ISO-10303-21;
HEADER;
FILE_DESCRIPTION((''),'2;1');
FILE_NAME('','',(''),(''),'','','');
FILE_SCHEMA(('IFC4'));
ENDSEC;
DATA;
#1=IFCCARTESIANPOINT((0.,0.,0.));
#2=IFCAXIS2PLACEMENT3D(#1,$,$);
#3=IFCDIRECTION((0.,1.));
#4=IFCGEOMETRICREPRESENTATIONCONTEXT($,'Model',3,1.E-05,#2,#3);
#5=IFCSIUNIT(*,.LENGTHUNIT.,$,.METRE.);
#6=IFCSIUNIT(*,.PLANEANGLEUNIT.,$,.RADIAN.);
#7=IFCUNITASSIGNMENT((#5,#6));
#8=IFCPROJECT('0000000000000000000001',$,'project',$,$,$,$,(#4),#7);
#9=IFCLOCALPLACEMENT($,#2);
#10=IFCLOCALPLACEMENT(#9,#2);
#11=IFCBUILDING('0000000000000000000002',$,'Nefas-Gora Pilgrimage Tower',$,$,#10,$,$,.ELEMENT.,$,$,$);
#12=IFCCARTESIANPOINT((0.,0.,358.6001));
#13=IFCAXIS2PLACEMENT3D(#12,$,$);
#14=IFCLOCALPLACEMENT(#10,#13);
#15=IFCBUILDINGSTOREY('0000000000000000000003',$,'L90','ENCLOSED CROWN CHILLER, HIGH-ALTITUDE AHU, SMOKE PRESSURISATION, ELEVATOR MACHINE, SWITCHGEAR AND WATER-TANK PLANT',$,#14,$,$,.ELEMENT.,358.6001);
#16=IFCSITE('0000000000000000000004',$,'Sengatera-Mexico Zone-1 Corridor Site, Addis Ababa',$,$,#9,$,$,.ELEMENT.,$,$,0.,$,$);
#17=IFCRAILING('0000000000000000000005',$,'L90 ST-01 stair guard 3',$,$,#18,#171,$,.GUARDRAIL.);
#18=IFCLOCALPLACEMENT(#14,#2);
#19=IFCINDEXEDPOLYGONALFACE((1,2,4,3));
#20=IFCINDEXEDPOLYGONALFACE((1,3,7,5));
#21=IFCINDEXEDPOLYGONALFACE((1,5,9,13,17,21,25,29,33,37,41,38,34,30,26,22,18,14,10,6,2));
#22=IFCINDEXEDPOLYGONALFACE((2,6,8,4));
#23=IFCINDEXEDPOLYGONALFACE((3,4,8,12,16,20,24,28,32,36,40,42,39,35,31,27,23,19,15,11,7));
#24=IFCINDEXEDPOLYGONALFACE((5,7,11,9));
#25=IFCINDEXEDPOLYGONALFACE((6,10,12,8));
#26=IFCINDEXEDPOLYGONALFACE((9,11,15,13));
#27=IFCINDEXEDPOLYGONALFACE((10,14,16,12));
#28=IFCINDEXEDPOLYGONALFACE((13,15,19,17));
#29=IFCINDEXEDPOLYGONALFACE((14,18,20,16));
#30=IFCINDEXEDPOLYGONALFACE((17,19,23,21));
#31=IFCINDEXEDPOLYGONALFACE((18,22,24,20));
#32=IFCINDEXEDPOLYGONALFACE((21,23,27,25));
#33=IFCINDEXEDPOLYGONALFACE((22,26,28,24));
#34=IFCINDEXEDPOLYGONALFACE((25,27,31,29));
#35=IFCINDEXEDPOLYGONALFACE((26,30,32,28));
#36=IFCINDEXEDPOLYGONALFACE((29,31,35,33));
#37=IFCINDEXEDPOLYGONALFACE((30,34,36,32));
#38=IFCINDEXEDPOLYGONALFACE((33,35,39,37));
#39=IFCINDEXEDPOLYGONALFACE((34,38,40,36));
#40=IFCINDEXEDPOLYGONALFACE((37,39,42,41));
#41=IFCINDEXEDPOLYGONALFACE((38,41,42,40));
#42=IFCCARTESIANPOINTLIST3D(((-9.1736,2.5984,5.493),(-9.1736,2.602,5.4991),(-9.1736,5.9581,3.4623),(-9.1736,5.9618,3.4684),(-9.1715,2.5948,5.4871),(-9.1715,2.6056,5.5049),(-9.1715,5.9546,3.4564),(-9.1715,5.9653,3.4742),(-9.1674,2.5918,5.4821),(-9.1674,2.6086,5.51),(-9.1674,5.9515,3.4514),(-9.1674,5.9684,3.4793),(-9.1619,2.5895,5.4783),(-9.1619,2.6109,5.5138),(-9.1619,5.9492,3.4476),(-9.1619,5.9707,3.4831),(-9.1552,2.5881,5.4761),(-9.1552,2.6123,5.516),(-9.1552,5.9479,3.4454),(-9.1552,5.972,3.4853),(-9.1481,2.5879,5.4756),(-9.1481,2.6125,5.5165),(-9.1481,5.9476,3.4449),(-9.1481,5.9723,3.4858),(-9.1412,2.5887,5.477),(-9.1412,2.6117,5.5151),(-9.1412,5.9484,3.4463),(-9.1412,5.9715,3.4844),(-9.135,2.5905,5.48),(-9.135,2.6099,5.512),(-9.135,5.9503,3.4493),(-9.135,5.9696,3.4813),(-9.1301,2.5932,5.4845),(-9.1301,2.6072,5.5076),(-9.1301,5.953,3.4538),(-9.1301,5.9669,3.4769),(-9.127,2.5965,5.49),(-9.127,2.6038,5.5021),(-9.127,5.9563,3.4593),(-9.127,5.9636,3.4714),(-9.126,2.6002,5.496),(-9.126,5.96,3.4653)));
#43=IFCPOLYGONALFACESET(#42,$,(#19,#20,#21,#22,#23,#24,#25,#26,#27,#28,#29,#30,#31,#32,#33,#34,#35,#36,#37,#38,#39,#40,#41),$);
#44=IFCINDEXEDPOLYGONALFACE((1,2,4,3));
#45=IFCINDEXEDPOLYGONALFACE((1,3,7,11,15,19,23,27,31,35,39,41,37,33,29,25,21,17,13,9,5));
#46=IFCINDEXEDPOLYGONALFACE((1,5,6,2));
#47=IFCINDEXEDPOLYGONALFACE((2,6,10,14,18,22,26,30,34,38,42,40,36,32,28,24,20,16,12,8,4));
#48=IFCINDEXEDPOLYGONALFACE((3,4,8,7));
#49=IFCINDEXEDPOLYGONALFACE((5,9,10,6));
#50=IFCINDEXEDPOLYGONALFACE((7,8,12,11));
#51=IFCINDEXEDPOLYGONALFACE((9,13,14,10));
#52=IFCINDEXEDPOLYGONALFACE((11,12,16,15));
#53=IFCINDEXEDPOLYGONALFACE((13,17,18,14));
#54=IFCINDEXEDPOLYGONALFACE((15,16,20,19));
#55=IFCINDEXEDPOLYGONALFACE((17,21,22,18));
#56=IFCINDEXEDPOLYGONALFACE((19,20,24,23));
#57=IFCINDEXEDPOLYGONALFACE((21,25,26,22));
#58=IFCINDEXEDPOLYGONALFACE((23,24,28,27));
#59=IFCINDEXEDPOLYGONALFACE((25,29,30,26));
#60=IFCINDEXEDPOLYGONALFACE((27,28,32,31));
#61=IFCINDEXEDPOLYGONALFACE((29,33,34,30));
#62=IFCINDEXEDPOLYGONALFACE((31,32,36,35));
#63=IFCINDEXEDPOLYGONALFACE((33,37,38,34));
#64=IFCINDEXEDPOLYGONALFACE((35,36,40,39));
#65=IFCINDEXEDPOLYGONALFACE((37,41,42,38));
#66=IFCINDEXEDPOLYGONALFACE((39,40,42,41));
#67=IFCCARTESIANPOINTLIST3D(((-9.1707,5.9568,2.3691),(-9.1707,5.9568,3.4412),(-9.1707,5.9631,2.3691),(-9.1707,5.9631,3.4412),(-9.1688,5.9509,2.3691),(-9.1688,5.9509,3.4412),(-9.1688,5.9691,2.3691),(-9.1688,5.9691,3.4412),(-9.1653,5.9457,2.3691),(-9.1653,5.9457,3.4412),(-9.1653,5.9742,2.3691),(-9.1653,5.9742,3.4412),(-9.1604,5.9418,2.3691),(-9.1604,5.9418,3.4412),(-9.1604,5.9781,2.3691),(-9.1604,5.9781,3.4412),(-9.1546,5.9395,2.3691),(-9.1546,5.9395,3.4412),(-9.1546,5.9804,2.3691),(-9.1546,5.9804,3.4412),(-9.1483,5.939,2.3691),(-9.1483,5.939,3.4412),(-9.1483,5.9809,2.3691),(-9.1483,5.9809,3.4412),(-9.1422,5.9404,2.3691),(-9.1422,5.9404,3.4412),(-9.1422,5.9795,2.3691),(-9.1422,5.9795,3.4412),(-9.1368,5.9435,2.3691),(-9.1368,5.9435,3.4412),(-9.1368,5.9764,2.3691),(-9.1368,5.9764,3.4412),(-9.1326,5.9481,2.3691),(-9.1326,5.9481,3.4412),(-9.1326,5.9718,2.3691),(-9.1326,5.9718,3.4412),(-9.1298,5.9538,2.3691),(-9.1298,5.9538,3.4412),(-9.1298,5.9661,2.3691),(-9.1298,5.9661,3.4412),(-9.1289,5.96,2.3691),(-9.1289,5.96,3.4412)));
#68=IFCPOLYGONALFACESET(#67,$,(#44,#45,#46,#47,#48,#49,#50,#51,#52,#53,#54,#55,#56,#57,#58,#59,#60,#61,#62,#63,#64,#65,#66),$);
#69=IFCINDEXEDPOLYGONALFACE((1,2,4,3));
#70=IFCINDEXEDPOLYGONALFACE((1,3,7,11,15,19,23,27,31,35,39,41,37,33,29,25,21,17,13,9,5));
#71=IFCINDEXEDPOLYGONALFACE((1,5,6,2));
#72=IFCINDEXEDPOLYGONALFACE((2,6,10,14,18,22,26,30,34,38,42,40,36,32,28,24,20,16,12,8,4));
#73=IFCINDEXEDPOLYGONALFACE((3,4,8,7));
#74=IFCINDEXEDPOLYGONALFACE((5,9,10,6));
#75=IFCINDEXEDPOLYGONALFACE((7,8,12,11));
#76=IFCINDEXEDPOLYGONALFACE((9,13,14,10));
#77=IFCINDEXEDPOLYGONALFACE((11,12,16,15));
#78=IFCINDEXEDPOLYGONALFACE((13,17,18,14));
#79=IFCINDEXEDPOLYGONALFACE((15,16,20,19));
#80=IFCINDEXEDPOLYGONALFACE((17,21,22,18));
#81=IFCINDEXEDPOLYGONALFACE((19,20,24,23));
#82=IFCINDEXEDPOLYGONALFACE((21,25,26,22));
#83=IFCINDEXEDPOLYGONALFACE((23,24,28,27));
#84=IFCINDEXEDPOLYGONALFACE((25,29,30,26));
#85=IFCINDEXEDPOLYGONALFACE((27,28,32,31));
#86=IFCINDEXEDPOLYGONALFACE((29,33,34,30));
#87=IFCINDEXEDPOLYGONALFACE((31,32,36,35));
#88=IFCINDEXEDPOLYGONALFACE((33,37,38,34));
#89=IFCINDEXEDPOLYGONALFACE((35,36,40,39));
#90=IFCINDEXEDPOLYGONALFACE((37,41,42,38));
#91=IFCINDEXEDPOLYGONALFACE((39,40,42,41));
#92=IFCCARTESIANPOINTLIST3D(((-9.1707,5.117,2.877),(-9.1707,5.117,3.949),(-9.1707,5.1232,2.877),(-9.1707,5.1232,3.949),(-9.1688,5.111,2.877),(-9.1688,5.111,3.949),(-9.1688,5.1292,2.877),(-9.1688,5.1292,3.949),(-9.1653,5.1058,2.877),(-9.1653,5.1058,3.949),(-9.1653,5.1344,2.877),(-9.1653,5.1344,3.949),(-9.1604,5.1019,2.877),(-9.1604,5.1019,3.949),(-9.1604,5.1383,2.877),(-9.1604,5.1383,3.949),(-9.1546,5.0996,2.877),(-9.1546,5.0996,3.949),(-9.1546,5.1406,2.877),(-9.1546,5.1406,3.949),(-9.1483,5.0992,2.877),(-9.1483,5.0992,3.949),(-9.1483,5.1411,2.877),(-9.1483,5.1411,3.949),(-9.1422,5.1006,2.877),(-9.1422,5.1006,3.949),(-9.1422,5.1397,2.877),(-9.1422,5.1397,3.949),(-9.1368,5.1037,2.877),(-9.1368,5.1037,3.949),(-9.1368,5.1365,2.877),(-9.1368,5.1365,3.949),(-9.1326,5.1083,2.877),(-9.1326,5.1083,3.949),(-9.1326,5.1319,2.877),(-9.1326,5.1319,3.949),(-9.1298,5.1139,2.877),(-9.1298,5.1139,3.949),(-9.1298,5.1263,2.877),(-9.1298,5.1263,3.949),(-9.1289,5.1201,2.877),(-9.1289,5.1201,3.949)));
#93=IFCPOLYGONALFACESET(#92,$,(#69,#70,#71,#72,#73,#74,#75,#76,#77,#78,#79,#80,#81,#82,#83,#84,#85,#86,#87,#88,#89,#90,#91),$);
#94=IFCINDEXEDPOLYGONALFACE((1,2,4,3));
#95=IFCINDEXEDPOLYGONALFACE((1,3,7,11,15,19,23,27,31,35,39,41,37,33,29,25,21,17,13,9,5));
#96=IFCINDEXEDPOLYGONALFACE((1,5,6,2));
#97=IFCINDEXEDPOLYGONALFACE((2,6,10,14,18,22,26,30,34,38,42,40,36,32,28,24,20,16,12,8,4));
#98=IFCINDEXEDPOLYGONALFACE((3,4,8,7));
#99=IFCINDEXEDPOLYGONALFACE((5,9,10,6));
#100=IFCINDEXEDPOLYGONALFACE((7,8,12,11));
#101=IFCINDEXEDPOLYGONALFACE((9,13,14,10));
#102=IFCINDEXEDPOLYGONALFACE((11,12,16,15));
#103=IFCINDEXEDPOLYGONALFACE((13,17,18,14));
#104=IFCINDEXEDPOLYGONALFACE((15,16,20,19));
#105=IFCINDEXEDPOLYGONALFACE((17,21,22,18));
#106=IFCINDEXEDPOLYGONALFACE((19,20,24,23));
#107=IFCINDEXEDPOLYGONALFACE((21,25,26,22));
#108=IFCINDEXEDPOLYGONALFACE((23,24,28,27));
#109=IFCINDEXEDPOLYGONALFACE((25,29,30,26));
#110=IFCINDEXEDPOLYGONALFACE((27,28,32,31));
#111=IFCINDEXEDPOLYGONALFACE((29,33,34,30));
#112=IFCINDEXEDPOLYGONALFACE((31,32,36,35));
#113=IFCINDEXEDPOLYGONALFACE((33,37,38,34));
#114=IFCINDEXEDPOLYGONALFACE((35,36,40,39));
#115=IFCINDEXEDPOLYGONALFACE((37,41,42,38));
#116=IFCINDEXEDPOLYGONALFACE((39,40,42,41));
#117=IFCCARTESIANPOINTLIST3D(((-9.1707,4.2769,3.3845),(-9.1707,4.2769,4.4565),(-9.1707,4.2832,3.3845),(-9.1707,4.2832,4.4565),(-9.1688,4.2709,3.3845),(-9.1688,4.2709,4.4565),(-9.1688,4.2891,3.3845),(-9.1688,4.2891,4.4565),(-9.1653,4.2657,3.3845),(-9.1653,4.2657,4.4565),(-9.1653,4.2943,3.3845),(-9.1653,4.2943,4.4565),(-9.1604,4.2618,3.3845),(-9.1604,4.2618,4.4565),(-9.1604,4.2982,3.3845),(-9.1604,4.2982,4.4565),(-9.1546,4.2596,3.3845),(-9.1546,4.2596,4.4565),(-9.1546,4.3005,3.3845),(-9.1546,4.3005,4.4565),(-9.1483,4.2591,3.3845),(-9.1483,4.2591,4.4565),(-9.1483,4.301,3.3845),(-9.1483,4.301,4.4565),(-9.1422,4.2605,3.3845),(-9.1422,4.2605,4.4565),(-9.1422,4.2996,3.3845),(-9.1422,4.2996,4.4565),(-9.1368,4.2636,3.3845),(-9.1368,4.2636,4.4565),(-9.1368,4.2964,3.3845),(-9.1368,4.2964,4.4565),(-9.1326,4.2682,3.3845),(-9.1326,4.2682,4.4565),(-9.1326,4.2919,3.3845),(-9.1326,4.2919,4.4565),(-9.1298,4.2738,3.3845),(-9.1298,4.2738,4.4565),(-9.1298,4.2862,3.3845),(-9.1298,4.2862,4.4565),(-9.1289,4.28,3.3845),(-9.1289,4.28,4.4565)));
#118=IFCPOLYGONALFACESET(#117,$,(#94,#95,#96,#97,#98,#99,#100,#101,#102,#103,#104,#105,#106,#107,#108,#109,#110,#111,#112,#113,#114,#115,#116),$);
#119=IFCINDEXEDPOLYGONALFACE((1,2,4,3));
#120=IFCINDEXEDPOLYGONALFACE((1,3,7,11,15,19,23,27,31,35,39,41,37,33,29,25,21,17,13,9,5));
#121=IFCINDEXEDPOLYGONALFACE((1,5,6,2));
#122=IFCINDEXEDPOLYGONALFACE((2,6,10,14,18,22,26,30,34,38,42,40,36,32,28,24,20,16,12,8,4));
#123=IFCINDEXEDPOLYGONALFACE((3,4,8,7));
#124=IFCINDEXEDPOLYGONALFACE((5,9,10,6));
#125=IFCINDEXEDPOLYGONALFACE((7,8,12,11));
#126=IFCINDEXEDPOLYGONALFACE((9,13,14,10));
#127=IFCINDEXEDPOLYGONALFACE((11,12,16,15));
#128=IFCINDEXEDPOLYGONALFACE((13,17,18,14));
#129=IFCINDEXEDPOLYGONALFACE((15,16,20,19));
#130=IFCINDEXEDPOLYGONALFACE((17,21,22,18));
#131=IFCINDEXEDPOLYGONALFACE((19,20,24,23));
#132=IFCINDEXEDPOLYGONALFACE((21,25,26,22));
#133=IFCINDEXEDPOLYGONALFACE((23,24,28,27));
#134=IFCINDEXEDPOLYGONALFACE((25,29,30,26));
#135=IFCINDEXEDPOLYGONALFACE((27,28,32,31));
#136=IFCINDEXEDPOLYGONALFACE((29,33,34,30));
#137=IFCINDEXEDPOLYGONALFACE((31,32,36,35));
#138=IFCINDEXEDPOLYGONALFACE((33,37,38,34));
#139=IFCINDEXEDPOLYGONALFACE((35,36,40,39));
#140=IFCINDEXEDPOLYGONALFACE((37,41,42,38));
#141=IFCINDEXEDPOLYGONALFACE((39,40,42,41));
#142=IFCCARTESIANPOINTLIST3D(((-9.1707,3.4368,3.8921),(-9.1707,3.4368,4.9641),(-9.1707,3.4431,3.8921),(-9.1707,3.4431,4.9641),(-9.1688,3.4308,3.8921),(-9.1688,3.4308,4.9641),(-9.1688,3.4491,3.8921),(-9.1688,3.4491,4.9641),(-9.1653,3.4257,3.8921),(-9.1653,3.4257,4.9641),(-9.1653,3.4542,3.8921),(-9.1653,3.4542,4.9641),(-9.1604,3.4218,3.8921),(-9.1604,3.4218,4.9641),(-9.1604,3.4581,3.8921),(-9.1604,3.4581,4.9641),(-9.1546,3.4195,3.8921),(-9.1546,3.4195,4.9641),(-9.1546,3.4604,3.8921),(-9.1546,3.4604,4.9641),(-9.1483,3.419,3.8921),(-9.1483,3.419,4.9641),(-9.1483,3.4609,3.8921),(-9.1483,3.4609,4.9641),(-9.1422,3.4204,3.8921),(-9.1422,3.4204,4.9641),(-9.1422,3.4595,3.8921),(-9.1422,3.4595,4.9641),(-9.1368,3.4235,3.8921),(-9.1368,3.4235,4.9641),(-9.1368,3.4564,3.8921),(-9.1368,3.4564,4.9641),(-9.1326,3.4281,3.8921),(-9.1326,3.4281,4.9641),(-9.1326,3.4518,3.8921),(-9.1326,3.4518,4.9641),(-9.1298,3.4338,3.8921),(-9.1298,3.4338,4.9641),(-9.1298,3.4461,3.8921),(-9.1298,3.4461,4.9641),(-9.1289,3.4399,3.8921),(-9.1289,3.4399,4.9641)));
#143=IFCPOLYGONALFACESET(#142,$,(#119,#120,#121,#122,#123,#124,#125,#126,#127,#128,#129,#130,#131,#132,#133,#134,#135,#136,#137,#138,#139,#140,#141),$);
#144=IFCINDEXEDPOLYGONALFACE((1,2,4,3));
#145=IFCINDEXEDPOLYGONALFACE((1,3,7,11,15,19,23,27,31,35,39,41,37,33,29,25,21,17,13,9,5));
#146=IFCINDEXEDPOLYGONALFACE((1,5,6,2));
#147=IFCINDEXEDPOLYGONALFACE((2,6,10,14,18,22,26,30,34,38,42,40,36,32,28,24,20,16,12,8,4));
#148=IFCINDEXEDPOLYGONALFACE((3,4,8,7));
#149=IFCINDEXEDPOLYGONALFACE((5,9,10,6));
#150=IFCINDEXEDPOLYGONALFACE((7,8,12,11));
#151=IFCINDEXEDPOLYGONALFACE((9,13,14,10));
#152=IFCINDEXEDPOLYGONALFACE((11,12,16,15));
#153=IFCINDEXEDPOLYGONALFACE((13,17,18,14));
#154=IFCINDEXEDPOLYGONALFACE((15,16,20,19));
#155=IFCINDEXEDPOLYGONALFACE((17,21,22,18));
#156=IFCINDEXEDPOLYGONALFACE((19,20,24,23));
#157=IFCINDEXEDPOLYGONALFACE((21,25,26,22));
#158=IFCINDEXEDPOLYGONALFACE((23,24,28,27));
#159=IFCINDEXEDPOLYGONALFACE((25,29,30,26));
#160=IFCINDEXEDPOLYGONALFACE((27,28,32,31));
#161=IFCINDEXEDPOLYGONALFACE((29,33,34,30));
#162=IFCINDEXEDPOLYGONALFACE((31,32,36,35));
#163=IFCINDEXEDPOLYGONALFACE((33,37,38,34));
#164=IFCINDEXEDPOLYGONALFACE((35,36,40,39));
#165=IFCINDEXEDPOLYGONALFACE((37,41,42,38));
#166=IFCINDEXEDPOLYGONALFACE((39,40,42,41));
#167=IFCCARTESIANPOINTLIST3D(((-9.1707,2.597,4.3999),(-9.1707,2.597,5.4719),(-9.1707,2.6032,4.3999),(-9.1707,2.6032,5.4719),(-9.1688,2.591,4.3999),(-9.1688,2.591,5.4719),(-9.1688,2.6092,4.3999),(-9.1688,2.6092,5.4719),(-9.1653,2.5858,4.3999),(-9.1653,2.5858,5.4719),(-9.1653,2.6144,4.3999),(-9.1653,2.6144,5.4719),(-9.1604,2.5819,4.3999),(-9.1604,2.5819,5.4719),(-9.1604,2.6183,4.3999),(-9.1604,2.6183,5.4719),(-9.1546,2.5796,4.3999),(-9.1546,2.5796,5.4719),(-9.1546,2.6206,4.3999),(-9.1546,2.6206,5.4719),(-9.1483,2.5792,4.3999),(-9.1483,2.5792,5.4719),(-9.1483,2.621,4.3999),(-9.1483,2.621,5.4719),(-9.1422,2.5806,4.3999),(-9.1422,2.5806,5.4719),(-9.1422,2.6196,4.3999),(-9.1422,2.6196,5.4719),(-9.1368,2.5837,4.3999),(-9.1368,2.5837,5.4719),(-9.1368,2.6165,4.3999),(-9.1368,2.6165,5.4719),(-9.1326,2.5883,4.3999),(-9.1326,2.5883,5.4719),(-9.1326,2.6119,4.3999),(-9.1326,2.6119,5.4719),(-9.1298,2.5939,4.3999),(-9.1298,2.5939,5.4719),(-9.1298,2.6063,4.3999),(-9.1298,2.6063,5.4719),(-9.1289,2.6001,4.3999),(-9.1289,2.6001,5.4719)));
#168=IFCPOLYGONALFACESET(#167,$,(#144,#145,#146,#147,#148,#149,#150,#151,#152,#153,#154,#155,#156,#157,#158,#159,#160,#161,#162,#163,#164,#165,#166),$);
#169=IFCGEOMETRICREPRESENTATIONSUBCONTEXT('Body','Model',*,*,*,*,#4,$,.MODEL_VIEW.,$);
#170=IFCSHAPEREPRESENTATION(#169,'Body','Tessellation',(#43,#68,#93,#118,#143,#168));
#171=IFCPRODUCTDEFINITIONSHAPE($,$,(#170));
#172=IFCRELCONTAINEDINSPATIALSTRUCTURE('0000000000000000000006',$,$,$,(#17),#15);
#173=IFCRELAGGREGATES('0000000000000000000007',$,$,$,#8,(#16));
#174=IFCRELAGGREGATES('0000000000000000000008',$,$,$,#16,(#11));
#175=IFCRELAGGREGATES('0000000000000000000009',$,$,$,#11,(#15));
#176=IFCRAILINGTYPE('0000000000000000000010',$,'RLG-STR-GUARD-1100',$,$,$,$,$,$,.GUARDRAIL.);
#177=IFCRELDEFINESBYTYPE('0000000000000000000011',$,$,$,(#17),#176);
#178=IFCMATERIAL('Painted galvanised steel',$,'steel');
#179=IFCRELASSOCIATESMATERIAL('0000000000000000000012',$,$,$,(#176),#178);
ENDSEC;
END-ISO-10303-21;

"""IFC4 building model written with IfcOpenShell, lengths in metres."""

from ifc_helpers import new_model, si_unit, direction, frame, origin, origin_2d, place, context, subcontext, project, spatial, circle, extrude, material, type_object, element, save


model = new_model("IFC4")

# Units and contexts
model_context = context("Model", 3, precision=1e-05, world=origin(), true_north=direction((0.0, 1.0)))
body_context = subcontext(model_context, "Body", "Model", "MODEL_VIEW")
ifc_project = project(units=[si_unit("LENGTHUNIT", "METRE"), si_unit("PLANEANGLEUNIT", "RADIAN")], contexts=[model_context])

# Site, building, storey
site_placement = place(None, origin())
site = spatial("IfcSite", under=ifc_project, at=site_placement, Name="Sengatera-Mexico Zone-1 Corridor Site, Addis Ababa", CompositionType="ELEMENT", RefElevation=0.0)
building_placement = place(site_placement, origin())
building = spatial("IfcBuilding", under=site, at=building_placement, Name="Nefas-Gora Pilgrimage Tower", CompositionType="ELEMENT")
storey_placement = place(building_placement, frame((0.0, 0.0, 358.6001)))
storey = spatial("IfcBuildingStorey", under=building, at=storey_placement, Name="L90", Description="ENCLOSED CROWN CHILLER, HIGH-ALTITUDE AHU, SMOKE PRESSURISATION, ELEVATOR MACHINE, SWITCHGEAR AND WATER-TANK PLANT", CompositionType="ELEMENT", Elevation=358.6001)

# Railing
ifc_material_1 = material(Name="Painted galvanised steel", Category="steel")
railing_type_1 = type_object("IfcRailingType", Name="RLG-STR-GUARD-1100", PredefinedType="GUARDRAIL", material=ifc_material_1)
railing_1_placement = place(storey_placement, frame((-9.1499, 5.96, 2.3691)))
element("IfcRailing", 1, at=railing_1_placement, inside=storey, type_object=railing_type_1, Name="L90 ST-01 stair guard 3", PredefinedType="GUARDRAIL", context=body_context, shape_type="SweptSolid", body=[
    extrude(circle(Radius=0.0239, at=origin_2d()), frame((0.0, 0.0, 1.0962), z_axis=(0.0, -0.85582, 0.517273), x_axis=(1.0, 0.0, 0.0)), (0.0, 0.0, 1.0), 3.9258),
    extrude(circle(Radius=0.021, at=origin_2d()), origin(), (0.0, 0.0, 1.0), 1.072),
    extrude(circle(Radius=0.021, at=origin_2d()), frame((0.0, -0.8398, 0.5078)), (0.0, 0.0, 1.0), 1.072),
    extrude(circle(Radius=0.021, at=origin_2d()), frame((0.0, -1.6799, 1.0154)), (0.0, 0.0, 1.0), 1.072),
    extrude(circle(Radius=0.021, at=origin_2d()), frame((0.0, -2.52, 1.5229)), (0.0, 0.0, 1.0), 1.072),
    extrude(circle(Radius=0.021, at=origin_2d()), frame((0.0, -3.3599, 2.0308)), (0.0, 0.0, 1.0), 1.072),
])

save(model, "model.ifc")
